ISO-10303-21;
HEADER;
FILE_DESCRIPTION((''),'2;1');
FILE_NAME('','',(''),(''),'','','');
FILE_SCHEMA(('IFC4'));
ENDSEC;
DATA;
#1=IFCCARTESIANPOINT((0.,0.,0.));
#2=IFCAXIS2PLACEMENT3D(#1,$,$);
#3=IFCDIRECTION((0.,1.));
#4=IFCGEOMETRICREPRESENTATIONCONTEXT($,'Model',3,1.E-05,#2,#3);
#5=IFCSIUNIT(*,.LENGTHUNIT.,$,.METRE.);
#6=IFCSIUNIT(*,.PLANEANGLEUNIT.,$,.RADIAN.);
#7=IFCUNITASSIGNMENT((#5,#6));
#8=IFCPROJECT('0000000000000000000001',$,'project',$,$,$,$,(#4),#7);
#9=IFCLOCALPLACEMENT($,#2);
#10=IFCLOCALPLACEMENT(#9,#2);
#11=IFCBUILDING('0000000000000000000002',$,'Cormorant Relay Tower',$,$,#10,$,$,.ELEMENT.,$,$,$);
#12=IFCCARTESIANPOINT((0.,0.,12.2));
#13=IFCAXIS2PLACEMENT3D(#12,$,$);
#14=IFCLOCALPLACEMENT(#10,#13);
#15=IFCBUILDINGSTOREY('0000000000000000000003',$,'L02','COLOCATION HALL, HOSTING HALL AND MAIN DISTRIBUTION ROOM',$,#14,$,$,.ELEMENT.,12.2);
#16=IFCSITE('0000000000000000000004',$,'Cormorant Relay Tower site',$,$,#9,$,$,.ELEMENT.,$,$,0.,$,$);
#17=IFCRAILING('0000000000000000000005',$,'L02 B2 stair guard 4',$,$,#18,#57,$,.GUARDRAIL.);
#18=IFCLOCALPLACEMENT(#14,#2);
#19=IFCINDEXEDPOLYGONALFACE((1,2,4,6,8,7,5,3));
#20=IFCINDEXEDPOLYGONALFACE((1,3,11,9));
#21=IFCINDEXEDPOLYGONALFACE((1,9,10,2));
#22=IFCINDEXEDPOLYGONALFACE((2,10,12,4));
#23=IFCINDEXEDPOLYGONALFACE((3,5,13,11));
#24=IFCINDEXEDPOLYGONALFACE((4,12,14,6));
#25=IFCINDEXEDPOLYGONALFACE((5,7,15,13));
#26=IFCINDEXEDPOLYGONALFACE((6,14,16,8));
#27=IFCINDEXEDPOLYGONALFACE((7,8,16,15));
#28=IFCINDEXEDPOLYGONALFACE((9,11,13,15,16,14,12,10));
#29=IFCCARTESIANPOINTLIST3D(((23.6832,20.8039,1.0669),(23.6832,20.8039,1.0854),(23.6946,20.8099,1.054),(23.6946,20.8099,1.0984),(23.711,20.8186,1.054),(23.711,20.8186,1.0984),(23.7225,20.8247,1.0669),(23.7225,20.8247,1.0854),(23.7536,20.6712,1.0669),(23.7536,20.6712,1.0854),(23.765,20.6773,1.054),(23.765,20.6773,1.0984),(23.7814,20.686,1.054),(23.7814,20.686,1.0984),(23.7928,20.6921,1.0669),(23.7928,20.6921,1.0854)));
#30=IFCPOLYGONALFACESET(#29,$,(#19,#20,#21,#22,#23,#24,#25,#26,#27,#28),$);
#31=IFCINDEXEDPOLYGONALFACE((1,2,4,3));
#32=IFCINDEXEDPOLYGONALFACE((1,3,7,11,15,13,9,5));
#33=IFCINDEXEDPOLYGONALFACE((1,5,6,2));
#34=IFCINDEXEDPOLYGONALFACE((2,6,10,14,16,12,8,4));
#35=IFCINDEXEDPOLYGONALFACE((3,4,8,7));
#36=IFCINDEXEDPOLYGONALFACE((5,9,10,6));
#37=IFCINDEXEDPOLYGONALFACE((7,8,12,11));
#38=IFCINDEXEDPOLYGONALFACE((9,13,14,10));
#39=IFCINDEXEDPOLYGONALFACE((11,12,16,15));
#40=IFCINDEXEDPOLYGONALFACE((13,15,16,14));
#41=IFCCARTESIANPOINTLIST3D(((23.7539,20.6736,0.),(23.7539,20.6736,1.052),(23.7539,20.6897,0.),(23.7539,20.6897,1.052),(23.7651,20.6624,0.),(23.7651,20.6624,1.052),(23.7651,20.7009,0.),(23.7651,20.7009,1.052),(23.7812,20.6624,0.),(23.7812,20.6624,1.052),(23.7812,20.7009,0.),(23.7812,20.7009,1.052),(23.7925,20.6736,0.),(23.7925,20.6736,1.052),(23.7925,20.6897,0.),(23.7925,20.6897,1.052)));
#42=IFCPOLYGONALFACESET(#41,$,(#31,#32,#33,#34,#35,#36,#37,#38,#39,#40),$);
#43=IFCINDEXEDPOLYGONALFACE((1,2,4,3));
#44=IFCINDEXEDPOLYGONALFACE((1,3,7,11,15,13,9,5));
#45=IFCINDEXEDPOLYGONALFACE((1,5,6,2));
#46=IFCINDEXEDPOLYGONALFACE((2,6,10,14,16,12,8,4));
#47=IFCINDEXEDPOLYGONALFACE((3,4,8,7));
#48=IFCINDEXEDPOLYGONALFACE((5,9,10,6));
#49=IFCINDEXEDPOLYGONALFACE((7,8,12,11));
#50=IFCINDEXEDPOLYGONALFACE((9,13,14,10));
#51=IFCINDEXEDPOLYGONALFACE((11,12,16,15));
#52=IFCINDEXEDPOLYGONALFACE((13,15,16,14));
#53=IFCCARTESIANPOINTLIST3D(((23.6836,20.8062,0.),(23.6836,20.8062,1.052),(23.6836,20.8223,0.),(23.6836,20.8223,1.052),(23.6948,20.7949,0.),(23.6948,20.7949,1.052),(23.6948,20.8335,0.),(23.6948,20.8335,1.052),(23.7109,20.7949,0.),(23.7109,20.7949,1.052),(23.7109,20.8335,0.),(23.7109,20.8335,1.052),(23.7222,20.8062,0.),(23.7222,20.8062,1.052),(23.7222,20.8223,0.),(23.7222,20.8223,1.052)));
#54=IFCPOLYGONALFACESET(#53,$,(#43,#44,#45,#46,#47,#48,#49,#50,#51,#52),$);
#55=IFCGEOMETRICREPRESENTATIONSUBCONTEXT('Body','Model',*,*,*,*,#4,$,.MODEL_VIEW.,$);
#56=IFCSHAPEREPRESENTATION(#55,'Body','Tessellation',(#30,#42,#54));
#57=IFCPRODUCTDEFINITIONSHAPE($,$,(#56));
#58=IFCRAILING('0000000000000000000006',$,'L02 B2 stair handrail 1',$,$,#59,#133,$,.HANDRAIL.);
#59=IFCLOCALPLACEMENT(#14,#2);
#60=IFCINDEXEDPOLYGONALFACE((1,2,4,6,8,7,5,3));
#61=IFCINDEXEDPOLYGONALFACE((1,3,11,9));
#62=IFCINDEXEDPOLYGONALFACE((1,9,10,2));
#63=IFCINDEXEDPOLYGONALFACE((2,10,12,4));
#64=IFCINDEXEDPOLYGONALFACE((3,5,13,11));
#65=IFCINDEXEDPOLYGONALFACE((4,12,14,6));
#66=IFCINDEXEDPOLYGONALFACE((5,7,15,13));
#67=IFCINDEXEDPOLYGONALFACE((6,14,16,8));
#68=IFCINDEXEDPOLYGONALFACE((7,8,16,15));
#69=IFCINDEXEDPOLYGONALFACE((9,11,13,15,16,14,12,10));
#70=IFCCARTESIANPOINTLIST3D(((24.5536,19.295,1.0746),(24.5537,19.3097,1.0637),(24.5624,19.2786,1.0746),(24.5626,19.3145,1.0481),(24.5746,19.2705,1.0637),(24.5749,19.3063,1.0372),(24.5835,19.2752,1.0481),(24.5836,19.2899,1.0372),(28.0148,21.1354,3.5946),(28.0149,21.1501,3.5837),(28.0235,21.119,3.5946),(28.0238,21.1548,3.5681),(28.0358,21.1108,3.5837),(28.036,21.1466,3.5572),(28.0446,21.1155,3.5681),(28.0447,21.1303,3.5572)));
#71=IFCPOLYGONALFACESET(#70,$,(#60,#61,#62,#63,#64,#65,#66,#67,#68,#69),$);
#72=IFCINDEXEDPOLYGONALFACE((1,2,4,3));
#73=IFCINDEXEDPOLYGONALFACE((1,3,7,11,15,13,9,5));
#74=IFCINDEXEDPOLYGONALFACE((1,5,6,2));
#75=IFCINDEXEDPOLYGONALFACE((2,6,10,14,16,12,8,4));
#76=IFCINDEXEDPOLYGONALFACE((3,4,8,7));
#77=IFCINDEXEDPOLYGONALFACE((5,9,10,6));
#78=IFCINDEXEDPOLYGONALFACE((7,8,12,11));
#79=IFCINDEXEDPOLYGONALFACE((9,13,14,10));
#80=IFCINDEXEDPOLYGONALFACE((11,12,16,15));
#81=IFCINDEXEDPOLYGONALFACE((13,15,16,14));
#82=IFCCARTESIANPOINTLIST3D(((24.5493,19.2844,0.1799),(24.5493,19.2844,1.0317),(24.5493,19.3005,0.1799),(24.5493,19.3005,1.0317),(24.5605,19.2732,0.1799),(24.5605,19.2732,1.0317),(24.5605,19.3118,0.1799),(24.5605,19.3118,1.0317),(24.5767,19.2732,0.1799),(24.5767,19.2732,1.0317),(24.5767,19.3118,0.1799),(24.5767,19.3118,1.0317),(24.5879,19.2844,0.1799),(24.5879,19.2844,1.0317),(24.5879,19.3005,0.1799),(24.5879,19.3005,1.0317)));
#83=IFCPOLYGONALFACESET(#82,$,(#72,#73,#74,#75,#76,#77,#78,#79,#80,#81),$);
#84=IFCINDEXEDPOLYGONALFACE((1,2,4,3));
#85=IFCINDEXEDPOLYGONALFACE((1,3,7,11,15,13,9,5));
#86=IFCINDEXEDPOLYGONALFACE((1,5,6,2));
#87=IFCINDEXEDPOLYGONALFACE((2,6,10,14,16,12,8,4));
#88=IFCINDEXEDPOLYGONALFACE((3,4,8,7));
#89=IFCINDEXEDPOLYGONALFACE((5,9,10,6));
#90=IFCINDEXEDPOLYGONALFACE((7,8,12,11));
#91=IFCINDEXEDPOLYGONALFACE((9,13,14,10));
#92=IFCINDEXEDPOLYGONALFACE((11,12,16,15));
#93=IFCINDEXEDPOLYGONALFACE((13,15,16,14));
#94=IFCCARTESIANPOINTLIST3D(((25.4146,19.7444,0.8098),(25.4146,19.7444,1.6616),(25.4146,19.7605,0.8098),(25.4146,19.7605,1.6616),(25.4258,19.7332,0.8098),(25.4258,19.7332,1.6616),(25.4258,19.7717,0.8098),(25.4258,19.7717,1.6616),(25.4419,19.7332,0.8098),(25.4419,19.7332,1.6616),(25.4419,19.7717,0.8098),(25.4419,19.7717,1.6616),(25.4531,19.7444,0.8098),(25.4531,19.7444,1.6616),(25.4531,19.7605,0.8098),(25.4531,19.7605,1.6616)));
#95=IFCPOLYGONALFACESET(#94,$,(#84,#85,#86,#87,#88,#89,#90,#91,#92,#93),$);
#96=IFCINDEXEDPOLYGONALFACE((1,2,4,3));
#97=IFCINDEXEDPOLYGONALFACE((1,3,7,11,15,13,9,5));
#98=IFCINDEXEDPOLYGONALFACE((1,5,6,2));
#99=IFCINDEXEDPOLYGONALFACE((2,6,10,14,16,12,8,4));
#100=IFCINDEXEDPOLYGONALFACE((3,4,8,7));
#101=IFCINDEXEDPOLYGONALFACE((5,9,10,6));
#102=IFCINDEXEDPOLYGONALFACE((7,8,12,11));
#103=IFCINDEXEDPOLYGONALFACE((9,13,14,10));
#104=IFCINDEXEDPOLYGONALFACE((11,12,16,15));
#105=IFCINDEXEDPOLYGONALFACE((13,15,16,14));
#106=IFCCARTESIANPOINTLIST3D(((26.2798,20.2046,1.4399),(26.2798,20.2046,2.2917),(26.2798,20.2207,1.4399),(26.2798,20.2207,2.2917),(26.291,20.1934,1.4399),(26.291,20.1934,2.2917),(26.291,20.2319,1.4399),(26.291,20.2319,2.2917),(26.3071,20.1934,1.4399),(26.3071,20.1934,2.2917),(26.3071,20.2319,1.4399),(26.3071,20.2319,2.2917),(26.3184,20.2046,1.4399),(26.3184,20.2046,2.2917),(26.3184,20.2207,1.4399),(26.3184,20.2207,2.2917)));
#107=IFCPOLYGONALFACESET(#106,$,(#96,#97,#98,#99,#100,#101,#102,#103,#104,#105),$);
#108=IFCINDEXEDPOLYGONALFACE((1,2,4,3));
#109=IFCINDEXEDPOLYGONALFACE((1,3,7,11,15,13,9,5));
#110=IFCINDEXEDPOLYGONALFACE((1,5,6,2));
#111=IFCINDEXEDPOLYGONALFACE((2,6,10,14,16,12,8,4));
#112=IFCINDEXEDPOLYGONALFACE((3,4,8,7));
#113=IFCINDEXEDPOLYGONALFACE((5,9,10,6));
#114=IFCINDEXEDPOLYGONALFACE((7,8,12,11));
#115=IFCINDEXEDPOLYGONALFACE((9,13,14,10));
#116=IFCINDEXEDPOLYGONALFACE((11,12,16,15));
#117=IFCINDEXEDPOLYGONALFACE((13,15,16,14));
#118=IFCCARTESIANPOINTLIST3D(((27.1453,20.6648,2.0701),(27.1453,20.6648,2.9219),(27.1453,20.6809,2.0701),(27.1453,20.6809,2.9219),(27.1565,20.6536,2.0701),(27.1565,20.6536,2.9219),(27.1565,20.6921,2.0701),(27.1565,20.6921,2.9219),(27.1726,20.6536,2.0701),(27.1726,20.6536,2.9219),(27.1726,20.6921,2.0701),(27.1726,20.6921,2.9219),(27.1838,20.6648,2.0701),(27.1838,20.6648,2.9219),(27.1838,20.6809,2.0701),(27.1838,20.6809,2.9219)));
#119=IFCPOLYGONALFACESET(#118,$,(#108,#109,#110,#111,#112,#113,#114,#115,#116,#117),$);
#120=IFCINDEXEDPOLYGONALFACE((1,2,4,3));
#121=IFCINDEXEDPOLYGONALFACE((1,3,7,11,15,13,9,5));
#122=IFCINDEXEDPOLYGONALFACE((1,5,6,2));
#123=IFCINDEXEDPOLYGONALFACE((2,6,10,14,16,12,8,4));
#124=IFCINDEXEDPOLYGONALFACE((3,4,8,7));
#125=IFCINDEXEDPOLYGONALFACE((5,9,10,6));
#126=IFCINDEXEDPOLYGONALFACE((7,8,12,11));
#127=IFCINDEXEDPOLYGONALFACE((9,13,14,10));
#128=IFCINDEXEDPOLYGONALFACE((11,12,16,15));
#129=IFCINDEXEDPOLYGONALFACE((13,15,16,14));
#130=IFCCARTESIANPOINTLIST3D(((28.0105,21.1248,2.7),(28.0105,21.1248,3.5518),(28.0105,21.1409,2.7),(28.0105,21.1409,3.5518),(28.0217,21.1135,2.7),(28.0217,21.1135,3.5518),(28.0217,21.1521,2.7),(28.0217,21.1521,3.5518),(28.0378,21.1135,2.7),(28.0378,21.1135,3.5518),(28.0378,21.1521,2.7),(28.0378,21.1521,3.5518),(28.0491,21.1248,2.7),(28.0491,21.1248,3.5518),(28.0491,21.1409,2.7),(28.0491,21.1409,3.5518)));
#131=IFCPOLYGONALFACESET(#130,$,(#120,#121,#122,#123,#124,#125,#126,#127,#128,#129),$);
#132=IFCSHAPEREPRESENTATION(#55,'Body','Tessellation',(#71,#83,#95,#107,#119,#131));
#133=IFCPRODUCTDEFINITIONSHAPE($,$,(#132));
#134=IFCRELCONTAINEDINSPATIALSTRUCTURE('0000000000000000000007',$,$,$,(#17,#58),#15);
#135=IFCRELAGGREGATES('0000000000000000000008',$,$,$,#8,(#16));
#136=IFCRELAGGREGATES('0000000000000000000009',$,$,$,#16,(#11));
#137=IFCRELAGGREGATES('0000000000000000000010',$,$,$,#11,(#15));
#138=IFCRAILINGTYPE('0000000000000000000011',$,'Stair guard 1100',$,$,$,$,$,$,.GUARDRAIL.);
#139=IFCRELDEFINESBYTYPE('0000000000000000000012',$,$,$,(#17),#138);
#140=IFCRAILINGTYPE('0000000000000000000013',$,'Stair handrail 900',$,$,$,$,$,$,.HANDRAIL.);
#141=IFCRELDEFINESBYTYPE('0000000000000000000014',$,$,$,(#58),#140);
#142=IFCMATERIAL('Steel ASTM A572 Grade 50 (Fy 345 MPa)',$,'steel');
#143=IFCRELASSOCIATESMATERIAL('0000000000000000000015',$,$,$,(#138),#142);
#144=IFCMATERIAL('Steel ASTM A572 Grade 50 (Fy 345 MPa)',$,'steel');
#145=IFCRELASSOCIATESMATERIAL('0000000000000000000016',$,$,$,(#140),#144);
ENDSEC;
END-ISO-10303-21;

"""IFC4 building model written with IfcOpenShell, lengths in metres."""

from ifc_helpers import new_model, si_unit, direction, frame, origin, place, context, subcontext, project, spatial, polyline, outline, extrude, material, type_object, element, save


model = new_model("IFC4")

# Units and contexts
model_context = context("Model", 3, precision=1e-05, world=origin(), true_north=direction((0.0, 1.0)))
body_context = subcontext(model_context, "Body", "Model", "MODEL_VIEW")
ifc_project = project(units=[si_unit("LENGTHUNIT", "METRE"), si_unit("PLANEANGLEUNIT", "RADIAN")], contexts=[model_context])

# Site, building, storey
site_placement = place(None, origin())
site = spatial("IfcSite", under=ifc_project, at=site_placement, Name="Cormorant Relay Tower site", CompositionType="ELEMENT", RefElevation=0.0)
building_placement = place(site_placement, origin())
building = spatial("IfcBuilding", under=site, at=building_placement, Name="Cormorant Relay Tower", CompositionType="ELEMENT")
storey_placement = place(building_placement, frame((0.0, 0.0, 12.2)))
storey = spatial("IfcBuildingStorey", under=building, at=storey_placement, Name="L02", Description="COLOCATION HALL, HOSTING HALL AND MAIN DISTRIBUTION ROOM", CompositionType="ELEMENT", Elevation=12.2)

# Railings
ifc_material_1 = material(Name="Steel ASTM A572 Grade 50 (Fy 345 MPa)", Category="steel")
railing_type_1 = type_object("IfcRailingType", Name="Stair guard 1100", PredefinedType="GUARDRAIL", material=ifc_material_1)
railing_1_placement = place(storey_placement, frame((23.7732, 20.6816, 0.0)))
element("IfcRailing", 1, at=railing_1_placement, inside=storey, type_object=railing_type_1, Name="L02 B2 stair guard 4", PredefinedType="GUARDRAIL", context=body_context, shape_type="SweptSolid", body=[
    extrude(outline(polyline([(0.0222, 0.0093), (0.0093, 0.0222), (-0.0093, 0.0222), (-0.0222, 0.0093), (-0.0222, -0.0093), (-0.0093, -0.0222), (0.0093, -0.0222), (0.0222, -0.0093), (0.0222, 0.0093)])), frame((0.0, 0.0, 1.0762), z_axis=(-0.46856, 0.883431, 0.0), x_axis=(-0.883431, -0.46856, 0.0)), (0.0, 0.0, 1.0), 0.1501),
    extrude(outline(polyline([(0.0193, 0.0081), (0.0081, 0.0193), (-0.0081, 0.0193), (-0.0193, 0.0081), (-0.0193, -0.0081), (-0.0081, -0.0193), (0.0081, -0.0193), (0.0193, -0.0081), (0.0193, 0.0081)])), origin(), (0.0, 0.0, 1.0), 1.052),
    extrude(outline(polyline([(0.0193, 0.0081), (0.0081, 0.0193), (-0.0081, 0.0193), (-0.0193, 0.0081), (-0.0193, -0.0081), (-0.0081, -0.0193), (0.0081, -0.0193), (0.0193, -0.0081), (0.0193, 0.0081)])), frame((-0.0703, 0.1326, 0.0)), (0.0, 0.0, 1.0), 1.052),
])
ifc_material_2 = material(Name="Steel ASTM A572 Grade 50 (Fy 345 MPa)", Category="steel")
railing_type_2 = type_object("IfcRailingType", Name="Stair handrail 900", PredefinedType="HANDRAIL", material=ifc_material_2)
railing_2_placement = place(storey_placement, frame((24.5686, 19.2925, 0.1799)))
element("IfcRailing", 2, at=railing_2_placement, inside=storey, type_object=railing_type_2, Name="L02 B2 stair handrail 1", PredefinedType="HANDRAIL", context=body_context, shape_type="SweptSolid", body=[
    extrude(outline(polyline([(0.0222, 0.0093), (0.0093, 0.0222), (-0.0093, 0.0222), (-0.0222, 0.0093), (-0.0222, -0.0093), (-0.0093, -0.0222), (0.0093, -0.0222), (0.0222, -0.0093), (0.0222, 0.0093)])), frame((0.0, 0.0, 0.876), z_axis=(0.742717, 0.394907, 0.540758), x_axis=(-0.469469, 0.882949, 0.0)), (0.0, 0.0, 1.0), 4.6602),
    extrude(outline(polyline([(0.0193, 0.0081), (0.0081, 0.0193), (-0.0081, 0.0193), (-0.0193, 0.0081), (-0.0193, -0.0081), (-0.0081, -0.0193), (0.0081, -0.0193), (0.0193, -0.0081), (0.0193, 0.0081)])), origin(), (0.0, 0.0, 1.0), 0.8518),
    extrude(outline(polyline([(0.0193, 0.0081), (0.0081, 0.0193), (-0.0081, 0.0193), (-0.0193, 0.0081), (-0.0193, -0.0081), (-0.0081, -0.0193), (0.0081, -0.0193), (0.0193, -0.0081), (0.0193, 0.0081)])), frame((0.8652, 0.46, 0.6299)), (0.0, 0.0, 1.0), 0.8518),
    extrude(outline(polyline([(0.0193, 0.0081), (0.0081, 0.0193), (-0.0081, 0.0193), (-0.0193, 0.0081), (-0.0193, -0.0081), (-0.0081, -0.0193), (0.0081, -0.0193), (0.0193, -0.0081), (0.0193, 0.0081)])), frame((1.7305, 0.9202, 1.26)), (0.0, 0.0, 1.0), 0.8518),
    extrude(outline(polyline([(0.0193, 0.0081), (0.0081, 0.0193), (-0.0081, 0.0193), (-0.0193, 0.0081), (-0.0193, -0.0081), (-0.0081, -0.0193), (0.0081, -0.0193), (0.0193, -0.0081), (0.0193, 0.0081)])), frame((2.5959, 1.3804, 1.8901)), (0.0, 0.0, 1.0), 0.8518),
    extrude(outline(polyline([(0.0193, 0.0081), (0.0081, 0.0193), (-0.0081, 0.0193), (-0.0193, 0.0081), (-0.0193, -0.0081), (-0.0081, -0.0193), (0.0081, -0.0193), (0.0193, -0.0081), (0.0193, 0.0081)])), frame((3.4612, 1.8403, 2.52)), (0.0, 0.0, 1.0), 0.8518),
])

save(model, "model.ifc")
